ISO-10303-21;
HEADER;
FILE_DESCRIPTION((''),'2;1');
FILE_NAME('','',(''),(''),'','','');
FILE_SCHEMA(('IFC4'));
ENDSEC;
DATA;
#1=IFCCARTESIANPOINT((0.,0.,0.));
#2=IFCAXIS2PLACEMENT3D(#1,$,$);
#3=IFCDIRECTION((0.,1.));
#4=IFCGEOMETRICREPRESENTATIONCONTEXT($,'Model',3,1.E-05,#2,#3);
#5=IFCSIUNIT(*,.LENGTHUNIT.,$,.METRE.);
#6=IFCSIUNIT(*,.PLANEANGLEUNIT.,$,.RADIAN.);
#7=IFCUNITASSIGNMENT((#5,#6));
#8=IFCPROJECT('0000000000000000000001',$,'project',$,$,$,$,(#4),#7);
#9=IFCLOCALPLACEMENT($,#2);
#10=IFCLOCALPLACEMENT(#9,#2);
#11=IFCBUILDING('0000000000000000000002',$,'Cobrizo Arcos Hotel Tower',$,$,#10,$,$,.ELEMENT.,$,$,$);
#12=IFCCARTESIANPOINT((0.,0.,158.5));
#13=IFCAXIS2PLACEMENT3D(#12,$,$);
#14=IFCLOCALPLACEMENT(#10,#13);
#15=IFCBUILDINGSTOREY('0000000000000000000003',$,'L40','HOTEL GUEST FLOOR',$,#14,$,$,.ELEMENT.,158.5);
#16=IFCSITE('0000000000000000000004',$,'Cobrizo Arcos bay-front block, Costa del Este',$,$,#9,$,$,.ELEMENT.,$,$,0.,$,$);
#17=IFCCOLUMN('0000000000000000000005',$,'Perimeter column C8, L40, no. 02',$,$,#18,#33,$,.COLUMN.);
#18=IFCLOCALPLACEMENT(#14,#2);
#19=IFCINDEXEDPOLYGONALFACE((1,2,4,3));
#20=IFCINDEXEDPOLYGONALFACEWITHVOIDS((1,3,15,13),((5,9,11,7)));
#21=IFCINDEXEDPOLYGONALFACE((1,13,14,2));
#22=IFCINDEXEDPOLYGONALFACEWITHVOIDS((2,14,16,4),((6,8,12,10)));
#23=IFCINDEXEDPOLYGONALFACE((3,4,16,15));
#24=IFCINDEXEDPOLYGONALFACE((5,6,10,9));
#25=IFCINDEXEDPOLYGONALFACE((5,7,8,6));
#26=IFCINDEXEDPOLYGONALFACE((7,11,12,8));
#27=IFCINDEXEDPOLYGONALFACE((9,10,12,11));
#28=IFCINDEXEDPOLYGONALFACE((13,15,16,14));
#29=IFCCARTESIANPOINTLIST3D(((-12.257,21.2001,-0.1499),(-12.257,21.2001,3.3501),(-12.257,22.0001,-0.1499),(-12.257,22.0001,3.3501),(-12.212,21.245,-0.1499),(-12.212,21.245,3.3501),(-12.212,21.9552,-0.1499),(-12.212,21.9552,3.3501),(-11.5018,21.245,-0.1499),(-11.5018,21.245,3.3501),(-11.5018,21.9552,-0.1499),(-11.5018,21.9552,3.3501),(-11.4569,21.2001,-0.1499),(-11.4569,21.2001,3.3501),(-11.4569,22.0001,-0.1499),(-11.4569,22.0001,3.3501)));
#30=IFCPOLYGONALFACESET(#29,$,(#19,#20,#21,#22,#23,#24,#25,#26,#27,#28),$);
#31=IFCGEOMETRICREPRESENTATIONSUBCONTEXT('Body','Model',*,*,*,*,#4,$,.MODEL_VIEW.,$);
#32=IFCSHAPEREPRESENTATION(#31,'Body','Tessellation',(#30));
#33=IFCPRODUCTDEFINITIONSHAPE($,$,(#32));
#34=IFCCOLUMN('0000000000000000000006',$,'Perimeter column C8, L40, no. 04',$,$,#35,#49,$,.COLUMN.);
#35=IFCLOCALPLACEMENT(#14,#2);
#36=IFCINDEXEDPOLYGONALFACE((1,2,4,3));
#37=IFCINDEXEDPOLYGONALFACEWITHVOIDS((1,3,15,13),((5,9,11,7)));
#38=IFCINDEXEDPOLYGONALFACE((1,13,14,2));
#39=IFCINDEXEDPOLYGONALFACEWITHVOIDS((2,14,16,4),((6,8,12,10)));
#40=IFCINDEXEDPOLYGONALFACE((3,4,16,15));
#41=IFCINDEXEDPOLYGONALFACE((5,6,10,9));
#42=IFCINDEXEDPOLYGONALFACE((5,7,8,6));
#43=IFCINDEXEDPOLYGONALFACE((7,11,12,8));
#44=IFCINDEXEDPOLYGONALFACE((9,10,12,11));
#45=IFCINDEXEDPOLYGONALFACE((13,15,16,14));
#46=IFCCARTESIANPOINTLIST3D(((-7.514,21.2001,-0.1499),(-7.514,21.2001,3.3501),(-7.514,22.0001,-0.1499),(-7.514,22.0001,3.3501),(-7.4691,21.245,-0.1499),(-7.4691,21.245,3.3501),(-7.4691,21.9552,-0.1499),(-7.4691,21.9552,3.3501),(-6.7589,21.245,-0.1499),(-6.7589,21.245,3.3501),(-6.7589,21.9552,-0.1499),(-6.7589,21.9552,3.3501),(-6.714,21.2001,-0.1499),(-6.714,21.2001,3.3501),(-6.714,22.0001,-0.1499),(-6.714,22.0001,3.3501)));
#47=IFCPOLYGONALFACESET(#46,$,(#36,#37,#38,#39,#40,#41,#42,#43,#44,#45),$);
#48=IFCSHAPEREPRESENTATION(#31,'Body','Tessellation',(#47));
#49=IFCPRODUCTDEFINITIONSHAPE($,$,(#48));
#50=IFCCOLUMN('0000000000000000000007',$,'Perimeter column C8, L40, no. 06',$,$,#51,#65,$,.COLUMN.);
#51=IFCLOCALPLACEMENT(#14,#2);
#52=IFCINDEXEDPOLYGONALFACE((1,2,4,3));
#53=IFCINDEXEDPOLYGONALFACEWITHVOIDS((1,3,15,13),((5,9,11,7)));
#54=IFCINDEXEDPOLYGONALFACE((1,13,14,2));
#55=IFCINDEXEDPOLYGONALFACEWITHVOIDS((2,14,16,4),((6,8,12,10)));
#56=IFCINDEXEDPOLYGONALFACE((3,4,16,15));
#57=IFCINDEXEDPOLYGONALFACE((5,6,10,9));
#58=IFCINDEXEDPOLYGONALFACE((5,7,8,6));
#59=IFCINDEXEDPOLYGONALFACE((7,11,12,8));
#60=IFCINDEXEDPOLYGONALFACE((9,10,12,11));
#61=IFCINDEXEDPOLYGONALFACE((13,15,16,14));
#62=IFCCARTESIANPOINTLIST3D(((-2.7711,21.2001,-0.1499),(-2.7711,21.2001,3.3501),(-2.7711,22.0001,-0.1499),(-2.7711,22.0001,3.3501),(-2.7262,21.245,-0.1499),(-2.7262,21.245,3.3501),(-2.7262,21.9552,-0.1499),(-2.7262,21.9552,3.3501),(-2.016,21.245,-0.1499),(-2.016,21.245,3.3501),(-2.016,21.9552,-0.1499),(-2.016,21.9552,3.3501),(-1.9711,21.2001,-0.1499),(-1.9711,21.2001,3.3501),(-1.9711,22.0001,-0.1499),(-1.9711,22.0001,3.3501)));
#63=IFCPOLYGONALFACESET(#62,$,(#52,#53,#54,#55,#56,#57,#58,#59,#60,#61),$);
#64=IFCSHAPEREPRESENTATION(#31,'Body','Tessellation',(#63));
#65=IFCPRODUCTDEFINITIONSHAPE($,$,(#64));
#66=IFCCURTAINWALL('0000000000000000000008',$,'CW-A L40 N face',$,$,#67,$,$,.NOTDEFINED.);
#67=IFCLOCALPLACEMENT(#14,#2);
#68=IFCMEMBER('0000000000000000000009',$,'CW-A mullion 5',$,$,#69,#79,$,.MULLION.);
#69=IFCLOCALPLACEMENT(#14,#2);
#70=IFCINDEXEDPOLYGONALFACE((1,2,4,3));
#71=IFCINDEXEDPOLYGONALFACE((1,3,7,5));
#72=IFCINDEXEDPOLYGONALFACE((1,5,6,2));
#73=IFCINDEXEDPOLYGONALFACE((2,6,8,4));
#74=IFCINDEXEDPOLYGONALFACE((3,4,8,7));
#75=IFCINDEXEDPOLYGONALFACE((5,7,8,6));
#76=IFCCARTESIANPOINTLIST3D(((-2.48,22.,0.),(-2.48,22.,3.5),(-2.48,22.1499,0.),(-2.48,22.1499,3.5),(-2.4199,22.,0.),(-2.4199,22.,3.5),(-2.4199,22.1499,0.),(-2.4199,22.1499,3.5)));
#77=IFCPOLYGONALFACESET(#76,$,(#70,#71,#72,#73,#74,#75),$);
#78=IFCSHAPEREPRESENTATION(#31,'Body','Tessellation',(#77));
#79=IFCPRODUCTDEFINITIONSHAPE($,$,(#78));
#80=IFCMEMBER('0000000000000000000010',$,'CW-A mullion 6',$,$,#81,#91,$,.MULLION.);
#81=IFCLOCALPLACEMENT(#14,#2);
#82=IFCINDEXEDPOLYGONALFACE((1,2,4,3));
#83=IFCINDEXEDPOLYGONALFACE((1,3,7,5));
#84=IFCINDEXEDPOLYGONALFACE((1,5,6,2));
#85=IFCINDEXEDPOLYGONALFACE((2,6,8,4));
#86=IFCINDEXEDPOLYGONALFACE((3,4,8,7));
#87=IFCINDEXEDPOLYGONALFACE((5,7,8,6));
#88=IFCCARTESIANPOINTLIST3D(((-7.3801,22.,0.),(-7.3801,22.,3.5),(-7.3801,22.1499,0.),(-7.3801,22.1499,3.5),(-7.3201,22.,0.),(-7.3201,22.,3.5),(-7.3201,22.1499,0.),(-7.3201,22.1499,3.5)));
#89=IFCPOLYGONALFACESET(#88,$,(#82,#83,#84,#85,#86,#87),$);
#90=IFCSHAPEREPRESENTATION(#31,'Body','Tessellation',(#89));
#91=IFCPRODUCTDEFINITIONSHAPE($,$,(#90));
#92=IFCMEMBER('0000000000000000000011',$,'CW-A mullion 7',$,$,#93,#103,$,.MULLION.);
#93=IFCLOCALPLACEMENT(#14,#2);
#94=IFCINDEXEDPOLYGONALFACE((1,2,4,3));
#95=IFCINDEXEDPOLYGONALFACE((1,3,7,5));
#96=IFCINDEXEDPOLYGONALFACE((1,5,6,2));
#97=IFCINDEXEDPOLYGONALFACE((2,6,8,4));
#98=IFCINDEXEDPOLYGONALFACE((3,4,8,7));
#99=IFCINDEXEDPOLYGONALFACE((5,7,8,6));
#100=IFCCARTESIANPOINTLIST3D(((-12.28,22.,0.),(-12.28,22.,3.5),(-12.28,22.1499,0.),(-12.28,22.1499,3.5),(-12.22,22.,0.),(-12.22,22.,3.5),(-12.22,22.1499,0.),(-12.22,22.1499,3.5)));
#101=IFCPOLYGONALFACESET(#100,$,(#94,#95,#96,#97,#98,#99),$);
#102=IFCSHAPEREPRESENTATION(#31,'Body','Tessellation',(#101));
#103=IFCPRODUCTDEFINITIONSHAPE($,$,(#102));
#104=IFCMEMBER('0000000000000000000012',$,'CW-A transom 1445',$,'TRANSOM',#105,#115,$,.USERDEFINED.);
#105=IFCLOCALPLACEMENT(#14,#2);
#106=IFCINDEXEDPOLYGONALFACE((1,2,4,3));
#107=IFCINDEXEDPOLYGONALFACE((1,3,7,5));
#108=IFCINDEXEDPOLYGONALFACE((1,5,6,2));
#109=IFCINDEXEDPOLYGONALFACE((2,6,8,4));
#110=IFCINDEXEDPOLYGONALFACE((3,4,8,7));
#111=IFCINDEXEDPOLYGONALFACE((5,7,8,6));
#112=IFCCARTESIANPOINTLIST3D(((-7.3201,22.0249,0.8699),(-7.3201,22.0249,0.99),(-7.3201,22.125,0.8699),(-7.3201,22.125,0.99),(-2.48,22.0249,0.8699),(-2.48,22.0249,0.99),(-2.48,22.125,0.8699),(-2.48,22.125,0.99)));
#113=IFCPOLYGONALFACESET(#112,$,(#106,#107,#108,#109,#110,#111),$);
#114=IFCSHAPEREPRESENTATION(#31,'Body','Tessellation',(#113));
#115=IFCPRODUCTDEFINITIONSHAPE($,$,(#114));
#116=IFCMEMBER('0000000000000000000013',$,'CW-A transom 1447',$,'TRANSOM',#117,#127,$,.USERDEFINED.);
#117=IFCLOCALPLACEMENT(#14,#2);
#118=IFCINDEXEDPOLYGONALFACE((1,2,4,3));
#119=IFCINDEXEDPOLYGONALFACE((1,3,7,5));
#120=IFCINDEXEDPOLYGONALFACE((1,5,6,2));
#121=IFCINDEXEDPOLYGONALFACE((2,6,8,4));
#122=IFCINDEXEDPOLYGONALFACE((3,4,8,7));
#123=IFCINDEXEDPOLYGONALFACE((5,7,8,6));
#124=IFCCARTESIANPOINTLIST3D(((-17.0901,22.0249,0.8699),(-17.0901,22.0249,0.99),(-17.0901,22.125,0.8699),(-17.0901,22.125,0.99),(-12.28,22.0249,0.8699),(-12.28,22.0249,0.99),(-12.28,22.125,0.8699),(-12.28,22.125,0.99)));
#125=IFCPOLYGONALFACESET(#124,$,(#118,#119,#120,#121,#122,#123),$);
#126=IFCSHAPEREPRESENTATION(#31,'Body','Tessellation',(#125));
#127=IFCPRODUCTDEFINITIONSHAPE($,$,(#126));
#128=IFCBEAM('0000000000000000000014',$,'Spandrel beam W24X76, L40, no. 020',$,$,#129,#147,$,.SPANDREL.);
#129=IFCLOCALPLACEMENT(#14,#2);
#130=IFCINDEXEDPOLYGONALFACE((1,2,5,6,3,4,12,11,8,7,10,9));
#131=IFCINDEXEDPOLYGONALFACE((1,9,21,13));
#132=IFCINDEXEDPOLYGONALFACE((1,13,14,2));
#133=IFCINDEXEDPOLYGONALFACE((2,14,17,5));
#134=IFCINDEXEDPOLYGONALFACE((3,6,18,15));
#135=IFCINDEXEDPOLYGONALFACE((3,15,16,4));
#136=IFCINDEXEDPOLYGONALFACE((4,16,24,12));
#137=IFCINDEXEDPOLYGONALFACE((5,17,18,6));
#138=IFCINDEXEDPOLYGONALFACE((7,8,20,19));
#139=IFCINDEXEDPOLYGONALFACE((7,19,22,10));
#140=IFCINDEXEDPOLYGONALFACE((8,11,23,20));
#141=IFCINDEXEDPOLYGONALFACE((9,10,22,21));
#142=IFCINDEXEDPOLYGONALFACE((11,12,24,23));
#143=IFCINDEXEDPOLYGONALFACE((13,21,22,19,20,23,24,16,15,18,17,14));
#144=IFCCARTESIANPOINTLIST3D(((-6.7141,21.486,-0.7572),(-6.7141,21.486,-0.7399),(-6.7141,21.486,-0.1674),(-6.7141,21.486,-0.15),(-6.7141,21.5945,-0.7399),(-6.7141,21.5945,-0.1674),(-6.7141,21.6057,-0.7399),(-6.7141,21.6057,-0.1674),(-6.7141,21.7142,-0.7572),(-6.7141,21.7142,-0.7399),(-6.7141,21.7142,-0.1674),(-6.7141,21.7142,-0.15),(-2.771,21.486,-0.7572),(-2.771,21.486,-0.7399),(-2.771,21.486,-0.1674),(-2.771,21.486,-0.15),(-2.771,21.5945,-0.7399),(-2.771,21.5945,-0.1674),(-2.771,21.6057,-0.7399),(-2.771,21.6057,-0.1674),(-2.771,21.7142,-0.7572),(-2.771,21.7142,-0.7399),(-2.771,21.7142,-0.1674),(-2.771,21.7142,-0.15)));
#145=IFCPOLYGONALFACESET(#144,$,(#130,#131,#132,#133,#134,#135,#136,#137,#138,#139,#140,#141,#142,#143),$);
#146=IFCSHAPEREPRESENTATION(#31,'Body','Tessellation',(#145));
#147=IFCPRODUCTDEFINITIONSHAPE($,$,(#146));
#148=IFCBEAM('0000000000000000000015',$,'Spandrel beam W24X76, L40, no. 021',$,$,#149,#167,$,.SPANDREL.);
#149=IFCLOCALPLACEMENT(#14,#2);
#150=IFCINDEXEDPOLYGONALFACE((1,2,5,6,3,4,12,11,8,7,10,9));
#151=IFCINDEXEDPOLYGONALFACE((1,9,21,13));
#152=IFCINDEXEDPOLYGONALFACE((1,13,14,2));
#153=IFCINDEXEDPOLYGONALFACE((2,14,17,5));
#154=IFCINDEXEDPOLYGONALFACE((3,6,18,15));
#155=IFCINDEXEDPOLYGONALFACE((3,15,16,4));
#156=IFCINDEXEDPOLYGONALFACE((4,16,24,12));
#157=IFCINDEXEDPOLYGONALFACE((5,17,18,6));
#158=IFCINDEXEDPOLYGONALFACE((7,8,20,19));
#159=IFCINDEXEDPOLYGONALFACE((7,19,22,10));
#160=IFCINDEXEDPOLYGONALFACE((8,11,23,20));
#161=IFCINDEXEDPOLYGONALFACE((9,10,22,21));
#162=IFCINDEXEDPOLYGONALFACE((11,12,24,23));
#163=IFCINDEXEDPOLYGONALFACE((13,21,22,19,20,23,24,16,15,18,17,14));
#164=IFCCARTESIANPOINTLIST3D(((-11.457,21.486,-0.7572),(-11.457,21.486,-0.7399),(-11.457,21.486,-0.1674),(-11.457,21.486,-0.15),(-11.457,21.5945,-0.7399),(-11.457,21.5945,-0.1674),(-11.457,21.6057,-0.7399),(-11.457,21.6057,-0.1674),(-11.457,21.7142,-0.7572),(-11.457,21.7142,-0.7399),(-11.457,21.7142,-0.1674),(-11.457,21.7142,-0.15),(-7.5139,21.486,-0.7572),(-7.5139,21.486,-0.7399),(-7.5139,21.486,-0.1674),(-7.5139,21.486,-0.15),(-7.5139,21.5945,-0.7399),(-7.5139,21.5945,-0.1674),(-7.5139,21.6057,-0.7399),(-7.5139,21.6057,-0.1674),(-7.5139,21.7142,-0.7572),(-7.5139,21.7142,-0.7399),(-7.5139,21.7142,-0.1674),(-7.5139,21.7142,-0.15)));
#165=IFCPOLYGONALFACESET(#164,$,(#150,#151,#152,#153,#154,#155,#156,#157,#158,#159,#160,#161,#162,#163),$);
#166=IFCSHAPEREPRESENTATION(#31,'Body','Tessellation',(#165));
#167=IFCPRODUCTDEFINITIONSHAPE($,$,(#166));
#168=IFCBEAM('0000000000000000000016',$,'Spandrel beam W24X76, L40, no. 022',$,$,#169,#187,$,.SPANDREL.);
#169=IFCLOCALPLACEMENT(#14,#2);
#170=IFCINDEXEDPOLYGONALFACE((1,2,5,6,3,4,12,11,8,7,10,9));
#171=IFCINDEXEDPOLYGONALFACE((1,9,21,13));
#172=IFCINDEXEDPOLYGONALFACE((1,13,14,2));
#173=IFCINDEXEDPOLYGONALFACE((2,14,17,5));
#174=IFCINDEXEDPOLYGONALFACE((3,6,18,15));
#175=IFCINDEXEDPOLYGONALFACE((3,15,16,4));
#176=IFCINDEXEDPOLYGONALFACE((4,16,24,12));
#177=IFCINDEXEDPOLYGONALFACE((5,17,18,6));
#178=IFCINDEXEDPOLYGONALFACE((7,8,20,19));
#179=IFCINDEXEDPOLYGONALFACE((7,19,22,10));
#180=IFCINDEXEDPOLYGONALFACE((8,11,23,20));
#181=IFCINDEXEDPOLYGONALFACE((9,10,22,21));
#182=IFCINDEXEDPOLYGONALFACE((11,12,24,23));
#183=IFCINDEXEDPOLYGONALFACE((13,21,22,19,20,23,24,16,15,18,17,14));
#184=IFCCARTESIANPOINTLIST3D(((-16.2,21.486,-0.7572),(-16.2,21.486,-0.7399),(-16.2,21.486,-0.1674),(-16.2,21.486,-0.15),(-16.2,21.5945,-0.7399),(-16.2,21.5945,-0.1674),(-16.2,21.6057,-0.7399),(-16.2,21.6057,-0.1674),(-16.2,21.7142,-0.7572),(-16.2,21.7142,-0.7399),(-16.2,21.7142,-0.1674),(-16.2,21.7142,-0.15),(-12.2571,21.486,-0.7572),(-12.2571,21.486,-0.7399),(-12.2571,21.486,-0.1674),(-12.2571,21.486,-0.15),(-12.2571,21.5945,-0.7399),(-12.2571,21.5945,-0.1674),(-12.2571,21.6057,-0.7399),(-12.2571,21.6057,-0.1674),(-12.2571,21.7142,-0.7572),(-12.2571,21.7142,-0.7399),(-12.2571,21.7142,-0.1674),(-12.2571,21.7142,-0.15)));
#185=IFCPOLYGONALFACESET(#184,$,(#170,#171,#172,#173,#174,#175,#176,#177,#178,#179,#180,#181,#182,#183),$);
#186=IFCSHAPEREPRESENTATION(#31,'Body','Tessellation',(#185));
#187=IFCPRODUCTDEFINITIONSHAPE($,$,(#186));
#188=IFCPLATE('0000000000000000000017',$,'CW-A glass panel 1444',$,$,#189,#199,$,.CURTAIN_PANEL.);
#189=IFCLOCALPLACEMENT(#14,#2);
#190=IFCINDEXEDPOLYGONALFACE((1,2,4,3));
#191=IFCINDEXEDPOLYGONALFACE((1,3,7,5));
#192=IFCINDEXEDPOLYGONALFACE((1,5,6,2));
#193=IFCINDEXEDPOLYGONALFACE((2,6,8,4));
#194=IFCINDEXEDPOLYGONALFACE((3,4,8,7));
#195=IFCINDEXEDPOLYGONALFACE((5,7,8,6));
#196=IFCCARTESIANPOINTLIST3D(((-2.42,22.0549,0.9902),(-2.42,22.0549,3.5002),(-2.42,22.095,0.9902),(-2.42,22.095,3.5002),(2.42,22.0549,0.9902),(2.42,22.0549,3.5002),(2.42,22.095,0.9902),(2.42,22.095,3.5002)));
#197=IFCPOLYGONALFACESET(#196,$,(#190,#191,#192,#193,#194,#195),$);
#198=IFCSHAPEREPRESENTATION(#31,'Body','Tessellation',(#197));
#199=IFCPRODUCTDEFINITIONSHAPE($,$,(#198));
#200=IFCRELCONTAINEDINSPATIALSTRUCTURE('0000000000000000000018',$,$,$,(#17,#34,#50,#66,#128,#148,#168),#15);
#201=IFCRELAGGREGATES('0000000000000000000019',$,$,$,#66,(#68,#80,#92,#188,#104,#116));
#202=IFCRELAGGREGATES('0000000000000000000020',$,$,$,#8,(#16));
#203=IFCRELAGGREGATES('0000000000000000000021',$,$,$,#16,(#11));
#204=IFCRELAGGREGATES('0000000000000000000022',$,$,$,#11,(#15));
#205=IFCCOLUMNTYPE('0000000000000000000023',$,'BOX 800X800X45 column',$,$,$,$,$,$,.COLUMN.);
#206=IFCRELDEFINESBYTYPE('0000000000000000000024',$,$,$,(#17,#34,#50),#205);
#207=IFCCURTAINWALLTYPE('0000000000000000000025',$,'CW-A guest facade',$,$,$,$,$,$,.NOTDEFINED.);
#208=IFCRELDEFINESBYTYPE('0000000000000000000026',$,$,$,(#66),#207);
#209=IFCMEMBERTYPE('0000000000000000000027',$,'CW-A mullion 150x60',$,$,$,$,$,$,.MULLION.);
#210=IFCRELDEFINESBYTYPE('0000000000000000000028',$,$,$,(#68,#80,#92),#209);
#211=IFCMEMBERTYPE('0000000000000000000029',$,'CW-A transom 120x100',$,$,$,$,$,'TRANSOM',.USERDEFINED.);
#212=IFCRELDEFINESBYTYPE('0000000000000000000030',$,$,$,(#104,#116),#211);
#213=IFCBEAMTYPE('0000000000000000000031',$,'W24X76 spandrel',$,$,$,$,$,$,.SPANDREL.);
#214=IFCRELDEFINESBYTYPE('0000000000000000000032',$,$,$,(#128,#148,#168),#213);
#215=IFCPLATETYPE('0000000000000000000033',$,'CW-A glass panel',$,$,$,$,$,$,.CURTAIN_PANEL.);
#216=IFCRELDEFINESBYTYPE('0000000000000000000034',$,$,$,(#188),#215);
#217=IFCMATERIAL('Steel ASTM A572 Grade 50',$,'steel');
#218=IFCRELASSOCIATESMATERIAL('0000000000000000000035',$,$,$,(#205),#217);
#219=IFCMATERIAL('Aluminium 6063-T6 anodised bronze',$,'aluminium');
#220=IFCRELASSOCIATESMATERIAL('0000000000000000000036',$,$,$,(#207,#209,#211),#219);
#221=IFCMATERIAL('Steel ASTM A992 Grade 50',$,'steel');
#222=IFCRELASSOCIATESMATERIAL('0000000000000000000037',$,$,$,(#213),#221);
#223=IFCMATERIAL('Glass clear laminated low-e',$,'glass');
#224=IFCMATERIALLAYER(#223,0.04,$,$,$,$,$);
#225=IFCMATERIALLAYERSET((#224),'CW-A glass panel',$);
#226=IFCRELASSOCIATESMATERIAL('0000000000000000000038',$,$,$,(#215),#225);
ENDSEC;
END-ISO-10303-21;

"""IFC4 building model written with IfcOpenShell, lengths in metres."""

from ifc_helpers import new_model, si_unit, direction, frame, origin, origin_2d, place, context, subcontext, project, spatial, rectangle, hollow_rectangle, i_section, extrude, material, layer, layer_set, material_profile, profile_set, type_object, element, aggregate, save


model = new_model("IFC4")

# Units and contexts
model_context = context("Model", 3, precision=1e-05, world=origin(), true_north=direction((0.0, 1.0)))
body_context = subcontext(model_context, "Body", "Model", "MODEL_VIEW")
ifc_project = project(units=[si_unit("LENGTHUNIT", "METRE"), si_unit("PLANEANGLEUNIT", "RADIAN")], contexts=[model_context])

# Site, building, storey
site_placement = place(None, origin())
site = spatial("IfcSite", under=ifc_project, at=site_placement, Name="Cobrizo Arcos bay-front block, Costa del Este", CompositionType="ELEMENT", RefElevation=0.0)
building_placement = place(site_placement, origin())
building = spatial("IfcBuilding", under=site, at=building_placement, Name="Cobrizo Arcos Hotel Tower", CompositionType="ELEMENT")
storey_placement = place(building_placement, frame((0.0, 0.0, 158.5)))
storey = spatial("IfcBuildingStorey", under=building, at=storey_placement, Name="L40", Description="HOTEL GUEST FLOOR", CompositionType="ELEMENT", Elevation=158.5)

# Columns
ifc_material_1 = material(Name="Steel ASTM A572 Grade 50", Category="steel")
ifc_material_profile_1 = material_profile(ifc_material_1, hollow_rectangle(XDim=0.8, YDim=0.8, WallThickness=0.0449, at=origin_2d()), Name="BOX 800X800X45")
ifc_profile_set_1 = profile_set([ifc_material_profile_1], Name="Steel ASTM A572 Grade 50")
column_type = type_object("IfcColumnType", Name="BOX 800X800X45 column", PredefinedType="COLUMN", material=ifc_profile_set_1)
for number, where, z_axis, x_axis, name in (
    (1, (-11.8569, 21.6001, -0.1499), (0.0, 0.0, 1.0), (1.0, 0.0, 0.0), "Perimeter column C8, L40, no. 02"),
    (2, (-7.114, 21.6001, -0.1499), (0.0, 0.0, 1.0), (1.0, 0.0, 0.0), "Perimeter column C8, L40, no. 04"),
    (3, (-2.3711, 21.6001, -0.1499), (0.0, 0.0, 1.0), (1.0, 0.0, 0.0), "Perimeter column C8, L40, no. 06"),
):
    element("IfcColumn", number, at=place(storey_placement, frame(where, z_axis=z_axis, x_axis=x_axis)), inside=storey, type_object=column_type, Name=name, PredefinedType="COLUMN", context=body_context, shape_type="SweptSolid", body=[
        extrude(hollow_rectangle(XDim=0.8, YDim=0.8, WallThickness=0.0449, at=origin_2d()), origin(), (0.0, 0.0, 1.0), 3.5),
    ])

# Curtain wall, members
ifc_material_2 = material(Name="Aluminium 6063-T6 anodised bronze", Category="aluminium")
curtain_wall_type = type_object("IfcCurtainWallType", Name="CW-A guest facade", PredefinedType="NOTDEFINED", material=ifc_material_2)
curtain_wall_placement = place(storey_placement, origin())
curtain_wall = element("IfcCurtainWall", 4, at=curtain_wall_placement, inside=storey, type_object=curtain_wall_type, Name="CW-A L40 N face", PredefinedType="NOTDEFINED")
ifc_material_profile_2 = material_profile(ifc_material_2, rectangle(XDim=0.1499, YDim=0.0601, at=origin_2d()), Name="CW-A mullion 150x60")
ifc_profile_set_2 = profile_set([ifc_material_profile_2], Name="Aluminium 6063-T6 anodised bronze")
member_type_1 = type_object("IfcMemberType", Name="CW-A mullion 150x60", PredefinedType="MULLION", material=ifc_profile_set_2)
member_1_placement = place(storey_placement, frame((-2.45, 22.075, 0.0), z_axis=(0.0, 0.0, 1.0), x_axis=(0.0, 1.0, 0.0)))
member_1 = element("IfcMember", 5, at=member_1_placement, type_object=member_type_1, Name="CW-A mullion 5", PredefinedType="MULLION", context=body_context, shape_type="SweptSolid", body=[
    extrude(rectangle(XDim=0.1499, YDim=0.0601, at=origin_2d()), origin(), (0.0, 0.0, 1.0), 3.5),
])
member_2_placement = place(storey_placement, frame((-7.3501, 22.075, 0.0), z_axis=(0.0, 0.0, 1.0), x_axis=(0.0, 1.0, 0.0)))
member_2 = element("IfcMember", 6, at=member_2_placement, type_object=member_type_1, Name="CW-A mullion 6", PredefinedType="MULLION", context=body_context, shape_type="SweptSolid", body=[
    extrude(rectangle(XDim=0.1499, YDim=0.0601, at=origin_2d()), origin(), (0.0, 0.0, 1.0), 3.5),
])
member_3_placement = place(storey_placement, frame((-12.25, 22.075, 0.0), z_axis=(0.0, 0.0, 1.0), x_axis=(0.0, 1.0, 0.0)))
member_3 = element("IfcMember", 7, at=member_3_placement, type_object=member_type_1, Name="CW-A mullion 7", PredefinedType="MULLION", context=body_context, shape_type="SweptSolid", body=[
    extrude(rectangle(XDim=0.1499, YDim=0.0601, at=origin_2d()), origin(), (0.0, 0.0, 1.0), 3.5),
])
ifc_material_profile_3 = material_profile(ifc_material_2, rectangle(XDim=0.1001, YDim=0.1201, at=origin_2d()), Name="CW-A transom 120x100")
ifc_profile_set_3 = profile_set([ifc_material_profile_3], Name="Aluminium 6063-T6 anodised bronze")
member_type_2 = type_object("IfcMemberType", Name="CW-A transom 120x100", ElementType="TRANSOM", PredefinedType="USERDEFINED", material=ifc_profile_set_3)
member_4_placement = place(storey_placement, frame((-2.48, 22.075, 0.9299), z_axis=(-1.0, 0.0, 0.0), x_axis=(0.0, -1.0, 0.0)))
member_4 = element("IfcMember", 8, at=member_4_placement, type_object=member_type_2, Name="CW-A transom 1445", ObjectType="TRANSOM", PredefinedType="USERDEFINED", context=body_context, shape_type="SweptSolid", body=[
    extrude(rectangle(XDim=0.1001, YDim=0.1201, at=origin_2d()), origin(), (0.0, 0.0, 1.0), 4.8401),
])
member_5_placement = place(storey_placement, frame((-12.28, 22.075, 0.9299), z_axis=(-1.0, 0.0, 0.0), x_axis=(0.0, -1.0, 0.0)))
member_5 = element("IfcMember", 9, at=member_5_placement, type_object=member_type_2, Name="CW-A transom 1447", ObjectType="TRANSOM", PredefinedType="USERDEFINED", context=body_context, shape_type="SweptSolid", body=[
    extrude(rectangle(XDim=0.1001, YDim=0.1201, at=origin_2d()), origin(), (0.0, 0.0, 1.0), 4.8101),
])

# Beams
ifc_material_3 = material(Name="Steel ASTM A992 Grade 50", Category="steel")
ifc_material_profile_4 = material_profile(ifc_material_3, i_section(OverallWidth=0.2283, OverallDepth=0.6072, WebThickness=0.0112, FlangeThickness=0.0173, at=origin_2d()), Name="W24X76")
ifc_profile_set_4 = profile_set([ifc_material_profile_4], Name="Steel ASTM A992 Grade 50")
beam_type = type_object("IfcBeamType", Name="W24X76 spandrel", PredefinedType="SPANDREL", material=ifc_profile_set_4)
for number, where, z_axis, x_axis, name in (
    (10, (-2.771, 21.6001, -0.4536), (-1.0, 0.0, 0.0), (0.0, -1.0, 0.0), "Spandrel beam W24X76, L40, no. 020"),
    (11, (-7.5139, 21.6001, -0.4536), (-1.0, 0.0, 0.0), (0.0, -1.0, 0.0), "Spandrel beam W24X76, L40, no. 021"),
):
    element("IfcBeam", number, at=place(storey_placement, frame(where, z_axis=z_axis, x_axis=x_axis)), inside=storey, type_object=beam_type, Name=name, PredefinedType="SPANDREL", context=body_context, shape_type="SweptSolid", body=[
        extrude(i_section(OverallWidth=0.2283, OverallDepth=0.6072, WebThickness=0.0112, FlangeThickness=0.0173, at=origin_2d()), origin(), (0.0, 0.0, 1.0), 3.9431),
    ])
beam_placement = place(storey_placement, frame((-12.2571, 21.6001, -0.4536), z_axis=(-1.0, 0.0, 0.0), x_axis=(0.0, -1.0, 0.0)))
element("IfcBeam", 12, at=beam_placement, inside=storey, type_object=beam_type, Name="Spandrel beam W24X76, L40, no. 022", PredefinedType="SPANDREL", context=body_context, shape_type="SweptSolid", body=[
    extrude(i_section(OverallWidth=0.2283, OverallDepth=0.6072, WebThickness=0.0112, FlangeThickness=0.0173, at=origin_2d()), origin(), (0.0, 0.0, 1.0), 3.9429),
])

# Plate
ifc_material_4 = material(Name="Glass clear laminated low-e", Category="glass")
ifc_layer_1 = layer(ifc_material_4, 0.04)
ifc_layer_set_1 = layer_set([ifc_layer_1], Name="CW-A glass panel")
plate_type_1 = type_object("IfcPlateType", Name="CW-A glass panel", PredefinedType="CURTAIN_PANEL", material=ifc_layer_set_1)
plate_1_placement = place(storey_placement, frame((0.0, 22.075, 0.9902), z_axis=(0.0, 0.0, 1.0), x_axis=(-1.0, 0.0, 0.0)))
plate_1 = element("IfcPlate", 13, at=plate_1_placement, type_object=plate_type_1, Name="CW-A glass panel 1444", PredefinedType="CURTAIN_PANEL", context=body_context, shape_type="SweptSolid", body=[
    extrude(rectangle(XDim=4.8401, YDim=0.04, at=origin_2d()), origin(), (0.0, 0.0, 1.0), 2.51),
])
aggregate(curtain_wall, [member_1, member_2, member_3, plate_1, member_4, member_5])

save(model, "model.ifc")
